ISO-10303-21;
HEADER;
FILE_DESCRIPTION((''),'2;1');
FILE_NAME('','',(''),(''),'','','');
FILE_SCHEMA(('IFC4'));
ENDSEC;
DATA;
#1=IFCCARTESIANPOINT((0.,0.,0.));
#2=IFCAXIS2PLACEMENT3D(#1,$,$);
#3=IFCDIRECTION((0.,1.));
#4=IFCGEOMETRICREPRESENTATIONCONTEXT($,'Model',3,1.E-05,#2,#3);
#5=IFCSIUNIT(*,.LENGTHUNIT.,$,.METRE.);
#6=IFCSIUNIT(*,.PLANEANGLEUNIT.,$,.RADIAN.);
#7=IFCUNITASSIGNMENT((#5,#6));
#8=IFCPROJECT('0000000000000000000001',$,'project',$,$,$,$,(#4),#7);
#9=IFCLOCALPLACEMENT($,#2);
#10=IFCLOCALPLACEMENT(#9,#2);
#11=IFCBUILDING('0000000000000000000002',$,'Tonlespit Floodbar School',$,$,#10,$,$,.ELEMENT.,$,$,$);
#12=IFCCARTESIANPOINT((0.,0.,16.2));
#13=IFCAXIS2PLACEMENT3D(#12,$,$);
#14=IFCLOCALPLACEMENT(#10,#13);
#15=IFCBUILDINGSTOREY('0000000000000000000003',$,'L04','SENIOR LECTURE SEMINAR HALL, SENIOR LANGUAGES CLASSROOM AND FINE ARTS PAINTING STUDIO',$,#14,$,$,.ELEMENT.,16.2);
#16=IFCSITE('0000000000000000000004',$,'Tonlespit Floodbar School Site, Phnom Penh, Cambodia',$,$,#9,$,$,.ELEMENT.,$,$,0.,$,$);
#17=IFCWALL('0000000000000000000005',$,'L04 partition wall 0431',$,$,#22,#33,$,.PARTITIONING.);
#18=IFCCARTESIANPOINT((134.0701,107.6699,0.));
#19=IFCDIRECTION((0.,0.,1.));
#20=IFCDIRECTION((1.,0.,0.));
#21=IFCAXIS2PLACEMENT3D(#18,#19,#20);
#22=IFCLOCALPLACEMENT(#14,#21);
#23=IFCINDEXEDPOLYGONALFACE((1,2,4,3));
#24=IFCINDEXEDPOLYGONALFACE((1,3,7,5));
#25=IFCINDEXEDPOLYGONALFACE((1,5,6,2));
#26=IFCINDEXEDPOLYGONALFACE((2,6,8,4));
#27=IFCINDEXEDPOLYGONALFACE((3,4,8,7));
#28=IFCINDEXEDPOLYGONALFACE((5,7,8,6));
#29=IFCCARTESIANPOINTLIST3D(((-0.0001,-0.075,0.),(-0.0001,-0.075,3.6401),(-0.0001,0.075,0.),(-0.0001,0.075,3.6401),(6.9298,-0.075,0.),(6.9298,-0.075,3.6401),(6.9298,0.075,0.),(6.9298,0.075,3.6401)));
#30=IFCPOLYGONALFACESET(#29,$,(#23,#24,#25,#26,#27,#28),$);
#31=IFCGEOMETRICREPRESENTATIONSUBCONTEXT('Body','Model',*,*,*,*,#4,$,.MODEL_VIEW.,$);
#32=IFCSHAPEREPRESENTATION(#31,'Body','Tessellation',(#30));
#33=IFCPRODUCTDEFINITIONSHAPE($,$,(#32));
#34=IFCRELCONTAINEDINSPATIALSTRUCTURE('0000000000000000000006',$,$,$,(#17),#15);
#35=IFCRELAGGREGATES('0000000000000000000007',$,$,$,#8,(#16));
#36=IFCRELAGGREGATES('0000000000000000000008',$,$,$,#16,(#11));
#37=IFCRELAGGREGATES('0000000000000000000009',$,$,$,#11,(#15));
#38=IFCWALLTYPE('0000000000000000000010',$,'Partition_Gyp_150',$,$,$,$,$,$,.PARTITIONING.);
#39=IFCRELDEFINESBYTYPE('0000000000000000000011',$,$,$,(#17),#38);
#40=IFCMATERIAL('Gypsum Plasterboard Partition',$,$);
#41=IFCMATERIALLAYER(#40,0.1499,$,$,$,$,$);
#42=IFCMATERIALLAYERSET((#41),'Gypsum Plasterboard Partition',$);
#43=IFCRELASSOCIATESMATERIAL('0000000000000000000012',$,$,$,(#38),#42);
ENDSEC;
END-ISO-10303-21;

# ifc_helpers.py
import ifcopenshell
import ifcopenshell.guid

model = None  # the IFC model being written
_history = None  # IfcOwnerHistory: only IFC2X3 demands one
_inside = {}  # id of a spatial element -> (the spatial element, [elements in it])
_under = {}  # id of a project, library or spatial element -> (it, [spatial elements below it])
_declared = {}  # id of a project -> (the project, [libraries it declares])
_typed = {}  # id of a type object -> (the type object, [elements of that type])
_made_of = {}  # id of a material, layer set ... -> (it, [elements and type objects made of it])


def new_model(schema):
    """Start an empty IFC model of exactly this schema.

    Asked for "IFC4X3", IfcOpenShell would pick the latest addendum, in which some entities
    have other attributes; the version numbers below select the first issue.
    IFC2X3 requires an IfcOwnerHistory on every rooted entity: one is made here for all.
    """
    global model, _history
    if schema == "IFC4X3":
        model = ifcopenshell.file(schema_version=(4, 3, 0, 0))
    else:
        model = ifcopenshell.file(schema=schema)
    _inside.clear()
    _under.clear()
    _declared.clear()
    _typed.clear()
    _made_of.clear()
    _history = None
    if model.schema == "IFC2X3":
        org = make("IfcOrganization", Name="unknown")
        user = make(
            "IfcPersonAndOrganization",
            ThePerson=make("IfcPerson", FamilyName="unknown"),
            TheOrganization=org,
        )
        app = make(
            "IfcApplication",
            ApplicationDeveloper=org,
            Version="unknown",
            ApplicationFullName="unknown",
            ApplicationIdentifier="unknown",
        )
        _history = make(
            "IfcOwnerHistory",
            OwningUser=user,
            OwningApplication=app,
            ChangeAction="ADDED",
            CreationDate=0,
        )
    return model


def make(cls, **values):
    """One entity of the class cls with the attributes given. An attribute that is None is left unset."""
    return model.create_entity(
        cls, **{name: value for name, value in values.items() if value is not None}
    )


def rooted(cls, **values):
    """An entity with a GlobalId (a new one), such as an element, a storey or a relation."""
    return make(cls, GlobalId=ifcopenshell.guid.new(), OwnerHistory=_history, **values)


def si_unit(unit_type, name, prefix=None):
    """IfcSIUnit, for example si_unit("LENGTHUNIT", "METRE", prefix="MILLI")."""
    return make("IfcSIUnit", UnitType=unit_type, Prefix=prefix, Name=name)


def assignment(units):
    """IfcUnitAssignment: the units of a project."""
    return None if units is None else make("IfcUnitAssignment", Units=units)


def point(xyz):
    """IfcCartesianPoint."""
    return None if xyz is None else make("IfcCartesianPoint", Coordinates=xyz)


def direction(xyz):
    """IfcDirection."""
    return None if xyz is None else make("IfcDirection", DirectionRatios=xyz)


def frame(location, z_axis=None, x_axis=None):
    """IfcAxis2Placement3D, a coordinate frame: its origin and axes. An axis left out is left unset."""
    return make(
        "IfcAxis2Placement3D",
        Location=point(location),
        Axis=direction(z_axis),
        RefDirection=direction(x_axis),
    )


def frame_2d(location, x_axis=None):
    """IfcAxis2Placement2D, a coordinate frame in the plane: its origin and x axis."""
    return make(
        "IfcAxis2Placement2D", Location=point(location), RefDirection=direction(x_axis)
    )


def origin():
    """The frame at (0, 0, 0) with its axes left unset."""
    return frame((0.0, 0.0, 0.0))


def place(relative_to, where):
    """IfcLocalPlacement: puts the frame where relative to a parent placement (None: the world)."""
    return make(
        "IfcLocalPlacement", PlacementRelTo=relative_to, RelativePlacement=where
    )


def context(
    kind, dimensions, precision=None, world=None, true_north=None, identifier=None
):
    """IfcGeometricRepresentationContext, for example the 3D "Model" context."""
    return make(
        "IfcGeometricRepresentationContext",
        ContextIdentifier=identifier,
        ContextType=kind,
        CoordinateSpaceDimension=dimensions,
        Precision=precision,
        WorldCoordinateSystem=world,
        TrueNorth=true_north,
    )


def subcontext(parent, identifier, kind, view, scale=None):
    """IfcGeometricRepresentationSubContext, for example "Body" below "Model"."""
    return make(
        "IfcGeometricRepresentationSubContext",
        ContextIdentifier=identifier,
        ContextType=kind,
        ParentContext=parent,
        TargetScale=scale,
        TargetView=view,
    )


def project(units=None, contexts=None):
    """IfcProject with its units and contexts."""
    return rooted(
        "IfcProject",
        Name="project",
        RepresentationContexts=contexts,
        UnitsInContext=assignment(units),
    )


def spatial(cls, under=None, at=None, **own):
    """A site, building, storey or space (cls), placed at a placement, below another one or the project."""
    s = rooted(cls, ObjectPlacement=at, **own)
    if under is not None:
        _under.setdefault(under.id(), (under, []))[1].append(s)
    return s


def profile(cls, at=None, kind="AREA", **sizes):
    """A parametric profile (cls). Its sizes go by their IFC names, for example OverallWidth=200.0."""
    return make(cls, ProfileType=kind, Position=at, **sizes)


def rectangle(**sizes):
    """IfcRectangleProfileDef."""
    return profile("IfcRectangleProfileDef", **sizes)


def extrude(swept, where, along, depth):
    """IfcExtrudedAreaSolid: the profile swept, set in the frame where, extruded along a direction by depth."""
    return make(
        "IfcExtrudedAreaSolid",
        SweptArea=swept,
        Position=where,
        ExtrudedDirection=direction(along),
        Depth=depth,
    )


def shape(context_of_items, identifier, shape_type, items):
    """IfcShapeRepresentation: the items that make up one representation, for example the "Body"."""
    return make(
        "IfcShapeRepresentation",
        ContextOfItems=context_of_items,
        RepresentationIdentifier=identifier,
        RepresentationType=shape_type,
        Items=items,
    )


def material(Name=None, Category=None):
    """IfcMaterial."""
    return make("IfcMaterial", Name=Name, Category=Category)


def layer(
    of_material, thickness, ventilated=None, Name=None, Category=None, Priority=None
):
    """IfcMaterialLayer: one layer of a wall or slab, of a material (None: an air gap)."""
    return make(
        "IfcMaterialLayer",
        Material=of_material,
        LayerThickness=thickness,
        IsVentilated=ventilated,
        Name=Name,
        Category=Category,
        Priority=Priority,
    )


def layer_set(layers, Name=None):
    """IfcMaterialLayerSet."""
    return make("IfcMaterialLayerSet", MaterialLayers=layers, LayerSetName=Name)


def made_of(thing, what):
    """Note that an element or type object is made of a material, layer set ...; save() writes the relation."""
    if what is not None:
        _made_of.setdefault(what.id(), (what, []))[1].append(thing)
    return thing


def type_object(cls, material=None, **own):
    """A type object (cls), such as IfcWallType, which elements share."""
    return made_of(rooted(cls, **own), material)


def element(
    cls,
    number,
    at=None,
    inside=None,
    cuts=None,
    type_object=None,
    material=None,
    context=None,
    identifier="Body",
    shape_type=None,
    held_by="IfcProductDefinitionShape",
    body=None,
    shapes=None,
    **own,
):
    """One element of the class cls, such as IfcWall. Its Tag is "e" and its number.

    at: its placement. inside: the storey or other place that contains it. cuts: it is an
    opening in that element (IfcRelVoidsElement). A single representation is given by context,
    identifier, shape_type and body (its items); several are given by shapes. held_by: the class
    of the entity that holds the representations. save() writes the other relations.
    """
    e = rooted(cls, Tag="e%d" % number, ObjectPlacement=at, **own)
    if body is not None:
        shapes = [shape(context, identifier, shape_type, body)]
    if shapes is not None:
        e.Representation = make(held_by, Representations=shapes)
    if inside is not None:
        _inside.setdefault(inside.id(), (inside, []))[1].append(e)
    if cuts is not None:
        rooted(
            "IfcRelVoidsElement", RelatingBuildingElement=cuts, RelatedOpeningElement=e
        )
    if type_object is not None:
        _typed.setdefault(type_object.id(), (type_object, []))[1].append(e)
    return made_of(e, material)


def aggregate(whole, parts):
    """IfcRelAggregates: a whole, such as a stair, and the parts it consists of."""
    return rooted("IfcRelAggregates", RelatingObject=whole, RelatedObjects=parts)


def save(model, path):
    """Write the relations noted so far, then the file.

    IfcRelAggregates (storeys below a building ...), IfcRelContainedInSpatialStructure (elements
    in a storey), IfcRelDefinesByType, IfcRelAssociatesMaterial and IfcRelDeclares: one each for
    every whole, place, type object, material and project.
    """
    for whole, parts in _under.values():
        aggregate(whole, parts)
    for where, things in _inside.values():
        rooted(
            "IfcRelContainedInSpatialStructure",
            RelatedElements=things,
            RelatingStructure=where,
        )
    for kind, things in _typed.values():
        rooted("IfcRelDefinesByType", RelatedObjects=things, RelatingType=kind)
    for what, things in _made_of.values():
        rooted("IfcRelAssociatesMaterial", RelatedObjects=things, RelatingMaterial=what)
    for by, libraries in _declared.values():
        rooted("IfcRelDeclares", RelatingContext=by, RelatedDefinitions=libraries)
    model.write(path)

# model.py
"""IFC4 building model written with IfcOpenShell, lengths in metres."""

from ifc_helpers import new_model, si_unit, direction, frame, frame_2d, origin, place, context, subcontext, project, spatial, rectangle, extrude, material, layer, layer_set, type_object, element, save


model = new_model("IFC4")

# Units and contexts
model_context = context("Model", 3, precision=1e-05, world=origin(), true_north=direction((0.0, 1.0)))
body_context = subcontext(model_context, "Body", "Model", "MODEL_VIEW")
ifc_project = project(units=[si_unit("LENGTHUNIT", "METRE"), si_unit("PLANEANGLEUNIT", "RADIAN")], contexts=[model_context])

# Site, building, storey
site_placement = place(None, origin())
site = spatial("IfcSite", under=ifc_project, at=site_placement, Name="Tonlespit Floodbar School Site, Phnom Penh, Cambodia", CompositionType="ELEMENT", RefElevation=0.0)
building_placement = place(site_placement, origin())
building = spatial("IfcBuilding", under=site, at=building_placement, Name="Tonlespit Floodbar School", CompositionType="ELEMENT")
storey_placement = place(building_placement, frame((0.0, 0.0, 16.2)))
storey = spatial("IfcBuildingStorey", under=building, at=storey_placement, Name="L04", Description="SENIOR LECTURE SEMINAR HALL, SENIOR LANGUAGES CLASSROOM AND FINE ARTS PAINTING STUDIO", CompositionType="ELEMENT", Elevation=16.2)

# Shared definitions
ifc_material_1 = material(Name="Gypsum Plasterboard Partition")

# Wall
ifc_layer_1 = layer(ifc_material_1, 0.1499)
ifc_layer_set_1 = layer_set([ifc_layer_1], Name="Gypsum Plasterboard Partition")
wall_type_1 = type_object("IfcWallType", Name="Partition_Gyp_150", PredefinedType="PARTITIONING", material=ifc_layer_set_1)
wall_1_placement = place(storey_placement, frame((134.0701, 107.6699, 0.0), z_axis=(0.0, 0.0, 1.0), x_axis=(1.0, 0.0, 0.0)))
element("IfcWall", 1, at=wall_1_placement, inside=storey, type_object=wall_type_1, Name="L04 partition wall 0431", PredefinedType="PARTITIONING", context=body_context, shape_type="SweptSolid", body=[
    extrude(rectangle(XDim=6.9299, YDim=0.1499, at=frame_2d((3.4648, 0.0))), origin(), (0.0, 0.0, 1.0), 3.6401),
])

save(model, "model.ifc")
